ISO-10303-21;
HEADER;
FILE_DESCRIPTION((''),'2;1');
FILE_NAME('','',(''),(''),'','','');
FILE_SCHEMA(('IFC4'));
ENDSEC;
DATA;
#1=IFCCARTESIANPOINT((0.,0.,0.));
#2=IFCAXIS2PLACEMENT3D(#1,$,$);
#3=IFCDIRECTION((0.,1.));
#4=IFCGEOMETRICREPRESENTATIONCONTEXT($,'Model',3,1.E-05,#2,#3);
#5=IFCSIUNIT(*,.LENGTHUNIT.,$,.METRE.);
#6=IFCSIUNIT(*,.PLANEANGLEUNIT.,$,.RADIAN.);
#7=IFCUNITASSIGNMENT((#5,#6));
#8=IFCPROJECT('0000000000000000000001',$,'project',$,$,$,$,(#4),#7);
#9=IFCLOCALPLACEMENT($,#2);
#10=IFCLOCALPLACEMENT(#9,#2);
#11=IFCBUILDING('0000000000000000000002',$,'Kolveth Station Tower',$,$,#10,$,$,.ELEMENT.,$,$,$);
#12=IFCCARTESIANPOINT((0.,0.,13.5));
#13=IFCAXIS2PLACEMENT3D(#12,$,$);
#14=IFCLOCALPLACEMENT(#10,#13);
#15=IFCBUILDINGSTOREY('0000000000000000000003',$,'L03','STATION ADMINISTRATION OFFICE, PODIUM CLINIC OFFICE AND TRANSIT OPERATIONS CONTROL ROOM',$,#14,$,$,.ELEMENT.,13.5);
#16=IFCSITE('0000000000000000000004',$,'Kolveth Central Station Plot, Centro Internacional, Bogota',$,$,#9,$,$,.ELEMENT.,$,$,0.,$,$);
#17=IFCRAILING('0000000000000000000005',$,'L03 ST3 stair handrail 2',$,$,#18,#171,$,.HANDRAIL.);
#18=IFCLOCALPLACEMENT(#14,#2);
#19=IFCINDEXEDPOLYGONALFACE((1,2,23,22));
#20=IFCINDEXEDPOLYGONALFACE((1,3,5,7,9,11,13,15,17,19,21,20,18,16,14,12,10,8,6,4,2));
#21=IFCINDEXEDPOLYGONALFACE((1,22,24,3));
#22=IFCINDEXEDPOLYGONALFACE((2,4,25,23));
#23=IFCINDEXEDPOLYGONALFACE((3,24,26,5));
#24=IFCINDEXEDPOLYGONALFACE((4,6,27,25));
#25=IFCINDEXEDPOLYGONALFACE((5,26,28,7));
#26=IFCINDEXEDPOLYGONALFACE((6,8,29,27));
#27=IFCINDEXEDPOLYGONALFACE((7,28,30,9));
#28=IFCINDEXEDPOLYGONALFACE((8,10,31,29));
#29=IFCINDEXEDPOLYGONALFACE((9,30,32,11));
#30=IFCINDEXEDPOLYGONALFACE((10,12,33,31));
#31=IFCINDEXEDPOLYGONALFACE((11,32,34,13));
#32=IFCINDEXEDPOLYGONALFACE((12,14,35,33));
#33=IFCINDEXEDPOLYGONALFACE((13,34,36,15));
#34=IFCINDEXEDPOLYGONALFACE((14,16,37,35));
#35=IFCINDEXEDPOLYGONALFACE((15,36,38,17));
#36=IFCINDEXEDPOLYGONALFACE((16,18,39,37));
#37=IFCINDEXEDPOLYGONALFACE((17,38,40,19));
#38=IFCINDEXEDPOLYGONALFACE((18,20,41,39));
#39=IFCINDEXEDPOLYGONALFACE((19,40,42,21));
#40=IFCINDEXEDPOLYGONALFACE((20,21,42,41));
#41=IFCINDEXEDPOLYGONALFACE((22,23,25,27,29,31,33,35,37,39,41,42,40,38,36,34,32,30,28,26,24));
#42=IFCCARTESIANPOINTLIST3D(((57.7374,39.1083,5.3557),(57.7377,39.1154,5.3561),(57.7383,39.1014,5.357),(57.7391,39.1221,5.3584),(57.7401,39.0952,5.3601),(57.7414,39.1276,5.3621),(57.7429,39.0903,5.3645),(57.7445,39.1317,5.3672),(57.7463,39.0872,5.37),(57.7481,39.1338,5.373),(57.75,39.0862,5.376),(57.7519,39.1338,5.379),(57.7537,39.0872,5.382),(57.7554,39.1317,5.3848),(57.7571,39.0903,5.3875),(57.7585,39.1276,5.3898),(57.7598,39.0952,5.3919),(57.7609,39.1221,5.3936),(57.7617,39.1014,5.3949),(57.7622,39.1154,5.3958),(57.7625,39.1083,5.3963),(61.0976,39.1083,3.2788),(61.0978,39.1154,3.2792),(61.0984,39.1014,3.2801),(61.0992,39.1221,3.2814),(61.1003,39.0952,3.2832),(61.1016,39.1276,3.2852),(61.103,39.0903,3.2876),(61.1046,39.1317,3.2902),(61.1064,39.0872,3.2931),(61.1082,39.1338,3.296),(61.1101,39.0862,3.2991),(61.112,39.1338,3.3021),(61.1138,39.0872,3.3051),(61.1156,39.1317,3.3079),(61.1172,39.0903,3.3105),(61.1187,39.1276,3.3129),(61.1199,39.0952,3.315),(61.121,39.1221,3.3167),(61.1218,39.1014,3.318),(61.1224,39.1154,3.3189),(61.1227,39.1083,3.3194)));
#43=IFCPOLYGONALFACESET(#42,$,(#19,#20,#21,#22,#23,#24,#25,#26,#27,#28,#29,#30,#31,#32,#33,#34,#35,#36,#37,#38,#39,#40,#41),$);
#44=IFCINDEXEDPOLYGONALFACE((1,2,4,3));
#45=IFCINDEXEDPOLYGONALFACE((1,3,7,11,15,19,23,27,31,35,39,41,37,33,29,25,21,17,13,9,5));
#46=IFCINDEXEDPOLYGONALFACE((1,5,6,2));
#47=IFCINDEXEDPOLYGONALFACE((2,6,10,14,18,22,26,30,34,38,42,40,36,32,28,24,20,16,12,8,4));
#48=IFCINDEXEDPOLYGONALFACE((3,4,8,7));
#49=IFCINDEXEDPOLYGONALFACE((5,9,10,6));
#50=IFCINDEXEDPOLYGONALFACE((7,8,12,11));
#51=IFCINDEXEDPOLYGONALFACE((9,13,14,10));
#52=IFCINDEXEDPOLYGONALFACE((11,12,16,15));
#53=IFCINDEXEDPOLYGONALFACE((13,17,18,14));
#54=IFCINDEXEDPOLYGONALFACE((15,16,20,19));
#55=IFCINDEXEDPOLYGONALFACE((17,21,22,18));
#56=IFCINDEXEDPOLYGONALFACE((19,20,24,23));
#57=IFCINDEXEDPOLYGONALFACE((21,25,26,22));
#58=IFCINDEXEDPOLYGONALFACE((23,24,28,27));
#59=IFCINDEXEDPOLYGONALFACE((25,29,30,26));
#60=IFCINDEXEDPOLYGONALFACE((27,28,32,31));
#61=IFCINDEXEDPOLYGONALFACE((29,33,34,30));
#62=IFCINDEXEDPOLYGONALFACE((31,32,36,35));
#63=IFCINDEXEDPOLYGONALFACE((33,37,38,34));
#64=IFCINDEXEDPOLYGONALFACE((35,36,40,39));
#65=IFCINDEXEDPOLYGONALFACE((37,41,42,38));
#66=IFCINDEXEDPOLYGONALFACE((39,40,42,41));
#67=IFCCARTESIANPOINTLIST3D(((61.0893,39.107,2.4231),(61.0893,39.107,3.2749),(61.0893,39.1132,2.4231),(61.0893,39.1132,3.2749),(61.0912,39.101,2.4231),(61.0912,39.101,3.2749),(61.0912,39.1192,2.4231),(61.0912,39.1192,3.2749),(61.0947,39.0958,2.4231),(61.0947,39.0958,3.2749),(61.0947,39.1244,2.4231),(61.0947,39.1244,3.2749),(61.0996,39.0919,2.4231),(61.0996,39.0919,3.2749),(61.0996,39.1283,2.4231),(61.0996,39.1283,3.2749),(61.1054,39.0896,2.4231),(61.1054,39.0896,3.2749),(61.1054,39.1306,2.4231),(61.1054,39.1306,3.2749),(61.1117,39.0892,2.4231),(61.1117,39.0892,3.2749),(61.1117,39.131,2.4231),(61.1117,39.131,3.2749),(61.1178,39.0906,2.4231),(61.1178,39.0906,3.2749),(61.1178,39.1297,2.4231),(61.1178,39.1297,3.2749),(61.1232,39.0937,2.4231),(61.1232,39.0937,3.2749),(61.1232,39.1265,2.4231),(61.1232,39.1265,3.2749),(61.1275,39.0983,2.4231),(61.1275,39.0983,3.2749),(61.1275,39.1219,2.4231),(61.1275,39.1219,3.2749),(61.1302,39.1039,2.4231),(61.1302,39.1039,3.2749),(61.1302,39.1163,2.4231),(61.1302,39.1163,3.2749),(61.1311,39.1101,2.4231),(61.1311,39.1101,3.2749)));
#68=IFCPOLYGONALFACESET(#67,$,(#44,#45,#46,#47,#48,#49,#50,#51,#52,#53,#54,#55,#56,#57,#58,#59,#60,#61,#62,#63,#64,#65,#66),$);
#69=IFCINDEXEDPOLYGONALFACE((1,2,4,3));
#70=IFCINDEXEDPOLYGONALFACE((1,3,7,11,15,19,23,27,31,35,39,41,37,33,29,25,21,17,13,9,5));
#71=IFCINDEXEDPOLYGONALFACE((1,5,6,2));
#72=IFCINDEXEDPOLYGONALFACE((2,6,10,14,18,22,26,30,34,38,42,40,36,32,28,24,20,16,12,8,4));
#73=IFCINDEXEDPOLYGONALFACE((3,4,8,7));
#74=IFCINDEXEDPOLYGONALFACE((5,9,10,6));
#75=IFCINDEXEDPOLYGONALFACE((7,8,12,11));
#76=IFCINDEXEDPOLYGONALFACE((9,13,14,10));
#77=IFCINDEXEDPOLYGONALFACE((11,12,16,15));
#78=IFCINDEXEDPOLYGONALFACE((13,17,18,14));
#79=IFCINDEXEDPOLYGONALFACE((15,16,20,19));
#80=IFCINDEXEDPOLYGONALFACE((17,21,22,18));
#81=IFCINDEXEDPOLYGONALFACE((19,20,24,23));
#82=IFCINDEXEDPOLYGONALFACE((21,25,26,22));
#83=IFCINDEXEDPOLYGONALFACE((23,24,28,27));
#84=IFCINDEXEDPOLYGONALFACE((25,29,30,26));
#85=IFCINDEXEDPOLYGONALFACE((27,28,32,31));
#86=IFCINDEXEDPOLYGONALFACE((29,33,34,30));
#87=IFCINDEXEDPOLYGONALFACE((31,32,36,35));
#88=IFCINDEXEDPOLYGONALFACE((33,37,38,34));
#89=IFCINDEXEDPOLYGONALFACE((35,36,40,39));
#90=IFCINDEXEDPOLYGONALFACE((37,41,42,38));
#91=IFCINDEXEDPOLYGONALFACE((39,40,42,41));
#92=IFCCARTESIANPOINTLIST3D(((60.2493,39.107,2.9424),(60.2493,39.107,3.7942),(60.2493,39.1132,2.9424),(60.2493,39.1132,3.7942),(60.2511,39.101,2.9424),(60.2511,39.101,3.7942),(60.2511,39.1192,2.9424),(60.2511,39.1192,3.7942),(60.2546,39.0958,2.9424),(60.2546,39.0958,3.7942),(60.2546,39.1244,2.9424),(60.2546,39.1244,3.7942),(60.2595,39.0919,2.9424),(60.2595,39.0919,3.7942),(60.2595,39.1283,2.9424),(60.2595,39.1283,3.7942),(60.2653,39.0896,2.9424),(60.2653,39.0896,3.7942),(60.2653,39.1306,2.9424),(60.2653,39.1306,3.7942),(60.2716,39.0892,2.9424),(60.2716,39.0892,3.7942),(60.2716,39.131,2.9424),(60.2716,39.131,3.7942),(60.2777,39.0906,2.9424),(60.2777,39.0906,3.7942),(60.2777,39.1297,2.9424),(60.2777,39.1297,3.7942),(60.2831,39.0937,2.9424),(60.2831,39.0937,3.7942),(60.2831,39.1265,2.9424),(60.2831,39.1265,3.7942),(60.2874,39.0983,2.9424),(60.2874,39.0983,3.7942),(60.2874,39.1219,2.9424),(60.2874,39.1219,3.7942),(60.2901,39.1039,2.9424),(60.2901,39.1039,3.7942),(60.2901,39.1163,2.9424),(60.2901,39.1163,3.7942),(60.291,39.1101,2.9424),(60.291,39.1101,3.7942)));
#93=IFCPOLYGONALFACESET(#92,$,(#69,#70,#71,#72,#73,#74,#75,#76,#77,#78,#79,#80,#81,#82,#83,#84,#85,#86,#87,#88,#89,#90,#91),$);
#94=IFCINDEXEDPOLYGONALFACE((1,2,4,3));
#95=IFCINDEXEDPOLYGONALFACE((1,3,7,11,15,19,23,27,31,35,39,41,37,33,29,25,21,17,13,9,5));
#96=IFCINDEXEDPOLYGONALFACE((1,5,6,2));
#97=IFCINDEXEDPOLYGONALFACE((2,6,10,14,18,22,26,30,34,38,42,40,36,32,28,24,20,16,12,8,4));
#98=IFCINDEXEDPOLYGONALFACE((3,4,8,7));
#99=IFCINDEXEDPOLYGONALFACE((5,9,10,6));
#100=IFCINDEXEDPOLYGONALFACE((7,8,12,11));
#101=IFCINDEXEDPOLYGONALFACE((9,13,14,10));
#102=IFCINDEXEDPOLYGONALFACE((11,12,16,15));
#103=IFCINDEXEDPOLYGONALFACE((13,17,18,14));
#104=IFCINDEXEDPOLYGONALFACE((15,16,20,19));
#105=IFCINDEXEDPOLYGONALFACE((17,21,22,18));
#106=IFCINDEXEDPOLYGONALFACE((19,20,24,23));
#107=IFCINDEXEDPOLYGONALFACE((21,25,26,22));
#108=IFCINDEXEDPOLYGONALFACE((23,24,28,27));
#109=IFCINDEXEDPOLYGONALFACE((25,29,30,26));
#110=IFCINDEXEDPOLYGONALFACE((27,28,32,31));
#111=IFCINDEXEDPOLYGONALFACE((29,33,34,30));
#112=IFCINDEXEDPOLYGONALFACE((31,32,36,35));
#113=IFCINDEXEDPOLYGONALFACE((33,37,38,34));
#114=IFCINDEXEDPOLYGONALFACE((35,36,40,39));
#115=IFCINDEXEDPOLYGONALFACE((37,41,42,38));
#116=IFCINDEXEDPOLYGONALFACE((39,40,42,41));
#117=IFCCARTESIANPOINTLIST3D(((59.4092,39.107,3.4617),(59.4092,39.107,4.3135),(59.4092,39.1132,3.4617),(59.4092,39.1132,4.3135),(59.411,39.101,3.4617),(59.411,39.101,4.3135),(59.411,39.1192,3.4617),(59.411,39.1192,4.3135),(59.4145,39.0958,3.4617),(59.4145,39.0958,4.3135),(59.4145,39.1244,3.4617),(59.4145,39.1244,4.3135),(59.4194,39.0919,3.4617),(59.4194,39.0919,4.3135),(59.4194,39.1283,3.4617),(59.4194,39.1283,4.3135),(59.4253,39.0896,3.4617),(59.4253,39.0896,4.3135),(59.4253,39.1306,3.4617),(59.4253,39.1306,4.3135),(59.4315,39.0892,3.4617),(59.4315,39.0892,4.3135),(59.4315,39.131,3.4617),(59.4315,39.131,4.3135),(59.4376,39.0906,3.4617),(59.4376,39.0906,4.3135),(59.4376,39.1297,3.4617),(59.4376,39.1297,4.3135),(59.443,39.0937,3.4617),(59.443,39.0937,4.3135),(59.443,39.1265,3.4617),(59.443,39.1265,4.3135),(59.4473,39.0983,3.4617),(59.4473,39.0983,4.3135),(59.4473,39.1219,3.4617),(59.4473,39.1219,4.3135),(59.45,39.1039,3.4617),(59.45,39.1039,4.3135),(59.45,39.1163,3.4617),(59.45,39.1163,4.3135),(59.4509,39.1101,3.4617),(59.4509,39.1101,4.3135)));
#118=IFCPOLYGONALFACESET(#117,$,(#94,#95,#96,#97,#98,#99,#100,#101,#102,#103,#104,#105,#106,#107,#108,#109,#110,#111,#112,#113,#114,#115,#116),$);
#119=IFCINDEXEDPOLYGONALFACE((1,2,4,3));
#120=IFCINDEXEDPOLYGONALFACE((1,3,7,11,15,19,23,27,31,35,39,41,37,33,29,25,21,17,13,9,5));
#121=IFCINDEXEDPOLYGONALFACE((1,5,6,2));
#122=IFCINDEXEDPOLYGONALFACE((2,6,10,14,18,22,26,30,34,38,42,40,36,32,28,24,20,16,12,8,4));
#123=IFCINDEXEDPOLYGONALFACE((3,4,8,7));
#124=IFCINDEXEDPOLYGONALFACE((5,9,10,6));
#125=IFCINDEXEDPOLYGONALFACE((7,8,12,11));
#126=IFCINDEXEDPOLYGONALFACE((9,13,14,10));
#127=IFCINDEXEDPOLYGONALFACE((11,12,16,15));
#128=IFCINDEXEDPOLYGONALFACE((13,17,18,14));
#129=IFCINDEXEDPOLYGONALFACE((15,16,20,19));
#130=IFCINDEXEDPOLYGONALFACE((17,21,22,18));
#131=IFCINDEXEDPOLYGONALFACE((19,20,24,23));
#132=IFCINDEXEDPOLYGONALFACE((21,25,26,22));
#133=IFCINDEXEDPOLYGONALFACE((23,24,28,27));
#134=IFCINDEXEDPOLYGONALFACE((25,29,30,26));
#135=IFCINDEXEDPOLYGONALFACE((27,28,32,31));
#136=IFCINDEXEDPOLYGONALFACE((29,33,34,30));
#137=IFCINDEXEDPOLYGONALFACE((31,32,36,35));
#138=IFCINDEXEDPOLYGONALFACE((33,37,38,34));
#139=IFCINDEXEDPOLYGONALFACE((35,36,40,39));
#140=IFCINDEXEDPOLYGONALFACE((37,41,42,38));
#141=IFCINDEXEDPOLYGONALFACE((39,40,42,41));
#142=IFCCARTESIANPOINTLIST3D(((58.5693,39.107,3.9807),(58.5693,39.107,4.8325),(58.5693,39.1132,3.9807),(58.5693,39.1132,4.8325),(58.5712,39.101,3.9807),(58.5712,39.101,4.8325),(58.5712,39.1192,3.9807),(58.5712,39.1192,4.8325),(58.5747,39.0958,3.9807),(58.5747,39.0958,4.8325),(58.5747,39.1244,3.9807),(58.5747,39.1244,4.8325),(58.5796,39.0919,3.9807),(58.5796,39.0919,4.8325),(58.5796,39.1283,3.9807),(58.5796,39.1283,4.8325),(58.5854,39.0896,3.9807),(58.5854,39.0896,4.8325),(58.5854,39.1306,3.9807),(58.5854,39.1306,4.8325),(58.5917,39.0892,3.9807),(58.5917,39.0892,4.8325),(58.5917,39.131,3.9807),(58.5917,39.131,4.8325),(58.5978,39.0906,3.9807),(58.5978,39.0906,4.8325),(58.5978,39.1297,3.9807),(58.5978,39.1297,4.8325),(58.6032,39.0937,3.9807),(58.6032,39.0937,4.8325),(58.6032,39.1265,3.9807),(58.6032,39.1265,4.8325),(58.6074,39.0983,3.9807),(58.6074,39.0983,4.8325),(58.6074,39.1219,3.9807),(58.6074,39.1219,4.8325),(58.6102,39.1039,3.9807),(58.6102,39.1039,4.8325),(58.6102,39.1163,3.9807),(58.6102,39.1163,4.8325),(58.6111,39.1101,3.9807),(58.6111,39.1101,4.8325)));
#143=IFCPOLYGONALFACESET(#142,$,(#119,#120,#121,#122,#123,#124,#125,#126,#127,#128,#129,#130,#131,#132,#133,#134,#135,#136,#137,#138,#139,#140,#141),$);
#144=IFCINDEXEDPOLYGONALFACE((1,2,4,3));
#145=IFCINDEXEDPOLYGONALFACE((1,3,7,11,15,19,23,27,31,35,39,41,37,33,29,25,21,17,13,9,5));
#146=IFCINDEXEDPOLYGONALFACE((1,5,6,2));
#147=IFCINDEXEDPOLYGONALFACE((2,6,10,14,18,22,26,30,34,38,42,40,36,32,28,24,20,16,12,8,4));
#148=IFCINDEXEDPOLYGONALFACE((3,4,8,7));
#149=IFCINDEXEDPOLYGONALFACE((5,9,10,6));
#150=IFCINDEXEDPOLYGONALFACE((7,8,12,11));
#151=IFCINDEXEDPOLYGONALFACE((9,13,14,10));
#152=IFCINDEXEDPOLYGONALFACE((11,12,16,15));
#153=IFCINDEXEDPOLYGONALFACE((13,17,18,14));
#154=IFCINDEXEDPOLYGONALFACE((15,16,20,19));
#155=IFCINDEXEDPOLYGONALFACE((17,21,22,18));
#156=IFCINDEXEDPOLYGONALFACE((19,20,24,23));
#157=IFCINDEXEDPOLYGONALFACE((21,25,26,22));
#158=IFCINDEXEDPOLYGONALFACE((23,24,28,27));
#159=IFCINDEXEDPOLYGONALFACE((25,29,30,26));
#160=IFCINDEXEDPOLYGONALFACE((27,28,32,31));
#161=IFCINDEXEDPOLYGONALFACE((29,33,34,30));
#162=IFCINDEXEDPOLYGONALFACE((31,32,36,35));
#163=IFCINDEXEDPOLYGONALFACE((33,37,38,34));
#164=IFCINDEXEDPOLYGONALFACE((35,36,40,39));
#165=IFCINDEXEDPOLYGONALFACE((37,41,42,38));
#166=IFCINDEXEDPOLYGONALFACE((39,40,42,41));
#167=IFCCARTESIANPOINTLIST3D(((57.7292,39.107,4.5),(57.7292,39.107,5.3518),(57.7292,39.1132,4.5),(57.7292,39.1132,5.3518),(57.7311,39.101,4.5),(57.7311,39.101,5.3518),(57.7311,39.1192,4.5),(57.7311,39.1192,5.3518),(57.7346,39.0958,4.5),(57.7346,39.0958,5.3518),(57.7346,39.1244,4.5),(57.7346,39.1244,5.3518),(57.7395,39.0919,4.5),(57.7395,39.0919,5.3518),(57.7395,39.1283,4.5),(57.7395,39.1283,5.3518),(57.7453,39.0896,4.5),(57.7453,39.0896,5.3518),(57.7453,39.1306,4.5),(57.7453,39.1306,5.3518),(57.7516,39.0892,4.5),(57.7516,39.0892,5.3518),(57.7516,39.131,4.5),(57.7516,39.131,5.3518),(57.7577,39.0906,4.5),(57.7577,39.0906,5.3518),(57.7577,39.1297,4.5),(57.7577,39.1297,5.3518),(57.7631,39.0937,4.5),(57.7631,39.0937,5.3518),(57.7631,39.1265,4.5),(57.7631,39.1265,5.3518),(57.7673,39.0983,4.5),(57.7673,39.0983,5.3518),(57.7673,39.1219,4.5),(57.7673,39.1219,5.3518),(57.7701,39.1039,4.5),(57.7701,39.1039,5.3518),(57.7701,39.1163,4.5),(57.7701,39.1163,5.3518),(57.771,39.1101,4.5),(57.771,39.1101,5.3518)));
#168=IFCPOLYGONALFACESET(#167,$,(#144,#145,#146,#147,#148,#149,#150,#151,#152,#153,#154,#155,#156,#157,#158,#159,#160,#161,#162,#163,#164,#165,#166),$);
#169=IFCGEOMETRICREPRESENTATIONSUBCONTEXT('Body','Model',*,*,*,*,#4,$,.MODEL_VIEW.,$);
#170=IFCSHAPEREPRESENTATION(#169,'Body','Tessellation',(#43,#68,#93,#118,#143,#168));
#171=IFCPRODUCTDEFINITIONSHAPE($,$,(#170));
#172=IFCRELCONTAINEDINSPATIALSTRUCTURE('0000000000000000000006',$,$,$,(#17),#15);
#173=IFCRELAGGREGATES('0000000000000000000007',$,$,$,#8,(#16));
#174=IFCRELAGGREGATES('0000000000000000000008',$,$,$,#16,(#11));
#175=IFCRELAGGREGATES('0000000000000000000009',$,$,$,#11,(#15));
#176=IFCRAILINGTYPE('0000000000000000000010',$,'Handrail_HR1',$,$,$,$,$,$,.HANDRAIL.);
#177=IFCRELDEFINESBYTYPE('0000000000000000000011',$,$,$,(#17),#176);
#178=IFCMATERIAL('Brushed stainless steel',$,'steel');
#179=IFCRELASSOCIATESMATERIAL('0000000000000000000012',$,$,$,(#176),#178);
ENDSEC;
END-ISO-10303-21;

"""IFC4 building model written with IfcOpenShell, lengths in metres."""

from ifc_helpers import new_model, si_unit, direction, frame, origin, origin_2d, place, context, subcontext, project, spatial, circle, extrude, material, type_object, element, save


model = new_model("IFC4")

# Units and contexts
model_context = context("Model", 3, precision=1e-05, world=origin(), true_north=direction((0.0, 1.0)))
body_context = subcontext(model_context, "Body", "Model", "MODEL_VIEW")
ifc_project = project(units=[si_unit("LENGTHUNIT", "METRE"), si_unit("PLANEANGLEUNIT", "RADIAN")], contexts=[model_context])

# Site, building, storey
site_placement = place(None, origin())
site = spatial("IfcSite", under=ifc_project, at=site_placement, Name="Kolveth Central Station Plot, Centro Internacional, Bogota", CompositionType="ELEMENT", RefElevation=0.0)
building_placement = place(site_placement, origin())
building = spatial("IfcBuilding", under=site, at=building_placement, Name="Kolveth Station Tower", CompositionType="ELEMENT")
storey_placement = place(building_placement, frame((0.0, 0.0, 13.5)))
storey = spatial("IfcBuildingStorey", under=building, at=storey_placement, Name="L03", Description="STATION ADMINISTRATION OFFICE, PODIUM CLINIC OFFICE AND TRANSIT OPERATIONS CONTROL ROOM", CompositionType="ELEMENT", Elevation=13.5)

# Railing
ifc_material_1 = material(Name="Brushed stainless steel", Category="steel")
railing_type_1 = type_object("IfcRailingType", Name="Handrail_HR1", PredefinedType="HANDRAIL", material=ifc_material_1)
railing_1_placement = place(storey_placement, frame((61.1101, 39.1101, 2.4231)))
element("IfcRailing", 1, at=railing_1_placement, inside=storey, type_object=railing_type_1, Name="L03 ST3 stair handrail 2", PredefinedType="HANDRAIL", context=body_context, shape_type="SweptSolid", body=[
    extrude(circle(Radius=0.0239, at=origin_2d()), frame((0.0, 0.0, 0.876), z_axis=(-0.850623, 0.0, 0.525776), x_axis=(0.0, -1.0, 0.0)), (0.0, 0.0, 1.0), 3.9502),
    extrude(circle(Radius=0.021, at=origin_2d()), origin(), (0.0, 0.0, 1.0), 0.8518),
    extrude(circle(Radius=0.021, at=origin_2d()), frame((-0.8401, 0.0, 0.5193)), (0.0, 0.0, 1.0), 0.8518),
    extrude(circle(Radius=0.021, at=origin_2d()), frame((-1.6802, 0.0, 1.0386)), (0.0, 0.0, 1.0), 0.8518),
    extrude(circle(Radius=0.021, at=origin_2d()), frame((-2.52, 0.0, 1.5576)), (0.0, 0.0, 1.0), 0.8518),
    extrude(circle(Radius=0.021, at=origin_2d()), frame((-3.3601, 0.0, 2.0769)), (0.0, 0.0, 1.0), 0.8518),
])

save(model, "model.ifc")
